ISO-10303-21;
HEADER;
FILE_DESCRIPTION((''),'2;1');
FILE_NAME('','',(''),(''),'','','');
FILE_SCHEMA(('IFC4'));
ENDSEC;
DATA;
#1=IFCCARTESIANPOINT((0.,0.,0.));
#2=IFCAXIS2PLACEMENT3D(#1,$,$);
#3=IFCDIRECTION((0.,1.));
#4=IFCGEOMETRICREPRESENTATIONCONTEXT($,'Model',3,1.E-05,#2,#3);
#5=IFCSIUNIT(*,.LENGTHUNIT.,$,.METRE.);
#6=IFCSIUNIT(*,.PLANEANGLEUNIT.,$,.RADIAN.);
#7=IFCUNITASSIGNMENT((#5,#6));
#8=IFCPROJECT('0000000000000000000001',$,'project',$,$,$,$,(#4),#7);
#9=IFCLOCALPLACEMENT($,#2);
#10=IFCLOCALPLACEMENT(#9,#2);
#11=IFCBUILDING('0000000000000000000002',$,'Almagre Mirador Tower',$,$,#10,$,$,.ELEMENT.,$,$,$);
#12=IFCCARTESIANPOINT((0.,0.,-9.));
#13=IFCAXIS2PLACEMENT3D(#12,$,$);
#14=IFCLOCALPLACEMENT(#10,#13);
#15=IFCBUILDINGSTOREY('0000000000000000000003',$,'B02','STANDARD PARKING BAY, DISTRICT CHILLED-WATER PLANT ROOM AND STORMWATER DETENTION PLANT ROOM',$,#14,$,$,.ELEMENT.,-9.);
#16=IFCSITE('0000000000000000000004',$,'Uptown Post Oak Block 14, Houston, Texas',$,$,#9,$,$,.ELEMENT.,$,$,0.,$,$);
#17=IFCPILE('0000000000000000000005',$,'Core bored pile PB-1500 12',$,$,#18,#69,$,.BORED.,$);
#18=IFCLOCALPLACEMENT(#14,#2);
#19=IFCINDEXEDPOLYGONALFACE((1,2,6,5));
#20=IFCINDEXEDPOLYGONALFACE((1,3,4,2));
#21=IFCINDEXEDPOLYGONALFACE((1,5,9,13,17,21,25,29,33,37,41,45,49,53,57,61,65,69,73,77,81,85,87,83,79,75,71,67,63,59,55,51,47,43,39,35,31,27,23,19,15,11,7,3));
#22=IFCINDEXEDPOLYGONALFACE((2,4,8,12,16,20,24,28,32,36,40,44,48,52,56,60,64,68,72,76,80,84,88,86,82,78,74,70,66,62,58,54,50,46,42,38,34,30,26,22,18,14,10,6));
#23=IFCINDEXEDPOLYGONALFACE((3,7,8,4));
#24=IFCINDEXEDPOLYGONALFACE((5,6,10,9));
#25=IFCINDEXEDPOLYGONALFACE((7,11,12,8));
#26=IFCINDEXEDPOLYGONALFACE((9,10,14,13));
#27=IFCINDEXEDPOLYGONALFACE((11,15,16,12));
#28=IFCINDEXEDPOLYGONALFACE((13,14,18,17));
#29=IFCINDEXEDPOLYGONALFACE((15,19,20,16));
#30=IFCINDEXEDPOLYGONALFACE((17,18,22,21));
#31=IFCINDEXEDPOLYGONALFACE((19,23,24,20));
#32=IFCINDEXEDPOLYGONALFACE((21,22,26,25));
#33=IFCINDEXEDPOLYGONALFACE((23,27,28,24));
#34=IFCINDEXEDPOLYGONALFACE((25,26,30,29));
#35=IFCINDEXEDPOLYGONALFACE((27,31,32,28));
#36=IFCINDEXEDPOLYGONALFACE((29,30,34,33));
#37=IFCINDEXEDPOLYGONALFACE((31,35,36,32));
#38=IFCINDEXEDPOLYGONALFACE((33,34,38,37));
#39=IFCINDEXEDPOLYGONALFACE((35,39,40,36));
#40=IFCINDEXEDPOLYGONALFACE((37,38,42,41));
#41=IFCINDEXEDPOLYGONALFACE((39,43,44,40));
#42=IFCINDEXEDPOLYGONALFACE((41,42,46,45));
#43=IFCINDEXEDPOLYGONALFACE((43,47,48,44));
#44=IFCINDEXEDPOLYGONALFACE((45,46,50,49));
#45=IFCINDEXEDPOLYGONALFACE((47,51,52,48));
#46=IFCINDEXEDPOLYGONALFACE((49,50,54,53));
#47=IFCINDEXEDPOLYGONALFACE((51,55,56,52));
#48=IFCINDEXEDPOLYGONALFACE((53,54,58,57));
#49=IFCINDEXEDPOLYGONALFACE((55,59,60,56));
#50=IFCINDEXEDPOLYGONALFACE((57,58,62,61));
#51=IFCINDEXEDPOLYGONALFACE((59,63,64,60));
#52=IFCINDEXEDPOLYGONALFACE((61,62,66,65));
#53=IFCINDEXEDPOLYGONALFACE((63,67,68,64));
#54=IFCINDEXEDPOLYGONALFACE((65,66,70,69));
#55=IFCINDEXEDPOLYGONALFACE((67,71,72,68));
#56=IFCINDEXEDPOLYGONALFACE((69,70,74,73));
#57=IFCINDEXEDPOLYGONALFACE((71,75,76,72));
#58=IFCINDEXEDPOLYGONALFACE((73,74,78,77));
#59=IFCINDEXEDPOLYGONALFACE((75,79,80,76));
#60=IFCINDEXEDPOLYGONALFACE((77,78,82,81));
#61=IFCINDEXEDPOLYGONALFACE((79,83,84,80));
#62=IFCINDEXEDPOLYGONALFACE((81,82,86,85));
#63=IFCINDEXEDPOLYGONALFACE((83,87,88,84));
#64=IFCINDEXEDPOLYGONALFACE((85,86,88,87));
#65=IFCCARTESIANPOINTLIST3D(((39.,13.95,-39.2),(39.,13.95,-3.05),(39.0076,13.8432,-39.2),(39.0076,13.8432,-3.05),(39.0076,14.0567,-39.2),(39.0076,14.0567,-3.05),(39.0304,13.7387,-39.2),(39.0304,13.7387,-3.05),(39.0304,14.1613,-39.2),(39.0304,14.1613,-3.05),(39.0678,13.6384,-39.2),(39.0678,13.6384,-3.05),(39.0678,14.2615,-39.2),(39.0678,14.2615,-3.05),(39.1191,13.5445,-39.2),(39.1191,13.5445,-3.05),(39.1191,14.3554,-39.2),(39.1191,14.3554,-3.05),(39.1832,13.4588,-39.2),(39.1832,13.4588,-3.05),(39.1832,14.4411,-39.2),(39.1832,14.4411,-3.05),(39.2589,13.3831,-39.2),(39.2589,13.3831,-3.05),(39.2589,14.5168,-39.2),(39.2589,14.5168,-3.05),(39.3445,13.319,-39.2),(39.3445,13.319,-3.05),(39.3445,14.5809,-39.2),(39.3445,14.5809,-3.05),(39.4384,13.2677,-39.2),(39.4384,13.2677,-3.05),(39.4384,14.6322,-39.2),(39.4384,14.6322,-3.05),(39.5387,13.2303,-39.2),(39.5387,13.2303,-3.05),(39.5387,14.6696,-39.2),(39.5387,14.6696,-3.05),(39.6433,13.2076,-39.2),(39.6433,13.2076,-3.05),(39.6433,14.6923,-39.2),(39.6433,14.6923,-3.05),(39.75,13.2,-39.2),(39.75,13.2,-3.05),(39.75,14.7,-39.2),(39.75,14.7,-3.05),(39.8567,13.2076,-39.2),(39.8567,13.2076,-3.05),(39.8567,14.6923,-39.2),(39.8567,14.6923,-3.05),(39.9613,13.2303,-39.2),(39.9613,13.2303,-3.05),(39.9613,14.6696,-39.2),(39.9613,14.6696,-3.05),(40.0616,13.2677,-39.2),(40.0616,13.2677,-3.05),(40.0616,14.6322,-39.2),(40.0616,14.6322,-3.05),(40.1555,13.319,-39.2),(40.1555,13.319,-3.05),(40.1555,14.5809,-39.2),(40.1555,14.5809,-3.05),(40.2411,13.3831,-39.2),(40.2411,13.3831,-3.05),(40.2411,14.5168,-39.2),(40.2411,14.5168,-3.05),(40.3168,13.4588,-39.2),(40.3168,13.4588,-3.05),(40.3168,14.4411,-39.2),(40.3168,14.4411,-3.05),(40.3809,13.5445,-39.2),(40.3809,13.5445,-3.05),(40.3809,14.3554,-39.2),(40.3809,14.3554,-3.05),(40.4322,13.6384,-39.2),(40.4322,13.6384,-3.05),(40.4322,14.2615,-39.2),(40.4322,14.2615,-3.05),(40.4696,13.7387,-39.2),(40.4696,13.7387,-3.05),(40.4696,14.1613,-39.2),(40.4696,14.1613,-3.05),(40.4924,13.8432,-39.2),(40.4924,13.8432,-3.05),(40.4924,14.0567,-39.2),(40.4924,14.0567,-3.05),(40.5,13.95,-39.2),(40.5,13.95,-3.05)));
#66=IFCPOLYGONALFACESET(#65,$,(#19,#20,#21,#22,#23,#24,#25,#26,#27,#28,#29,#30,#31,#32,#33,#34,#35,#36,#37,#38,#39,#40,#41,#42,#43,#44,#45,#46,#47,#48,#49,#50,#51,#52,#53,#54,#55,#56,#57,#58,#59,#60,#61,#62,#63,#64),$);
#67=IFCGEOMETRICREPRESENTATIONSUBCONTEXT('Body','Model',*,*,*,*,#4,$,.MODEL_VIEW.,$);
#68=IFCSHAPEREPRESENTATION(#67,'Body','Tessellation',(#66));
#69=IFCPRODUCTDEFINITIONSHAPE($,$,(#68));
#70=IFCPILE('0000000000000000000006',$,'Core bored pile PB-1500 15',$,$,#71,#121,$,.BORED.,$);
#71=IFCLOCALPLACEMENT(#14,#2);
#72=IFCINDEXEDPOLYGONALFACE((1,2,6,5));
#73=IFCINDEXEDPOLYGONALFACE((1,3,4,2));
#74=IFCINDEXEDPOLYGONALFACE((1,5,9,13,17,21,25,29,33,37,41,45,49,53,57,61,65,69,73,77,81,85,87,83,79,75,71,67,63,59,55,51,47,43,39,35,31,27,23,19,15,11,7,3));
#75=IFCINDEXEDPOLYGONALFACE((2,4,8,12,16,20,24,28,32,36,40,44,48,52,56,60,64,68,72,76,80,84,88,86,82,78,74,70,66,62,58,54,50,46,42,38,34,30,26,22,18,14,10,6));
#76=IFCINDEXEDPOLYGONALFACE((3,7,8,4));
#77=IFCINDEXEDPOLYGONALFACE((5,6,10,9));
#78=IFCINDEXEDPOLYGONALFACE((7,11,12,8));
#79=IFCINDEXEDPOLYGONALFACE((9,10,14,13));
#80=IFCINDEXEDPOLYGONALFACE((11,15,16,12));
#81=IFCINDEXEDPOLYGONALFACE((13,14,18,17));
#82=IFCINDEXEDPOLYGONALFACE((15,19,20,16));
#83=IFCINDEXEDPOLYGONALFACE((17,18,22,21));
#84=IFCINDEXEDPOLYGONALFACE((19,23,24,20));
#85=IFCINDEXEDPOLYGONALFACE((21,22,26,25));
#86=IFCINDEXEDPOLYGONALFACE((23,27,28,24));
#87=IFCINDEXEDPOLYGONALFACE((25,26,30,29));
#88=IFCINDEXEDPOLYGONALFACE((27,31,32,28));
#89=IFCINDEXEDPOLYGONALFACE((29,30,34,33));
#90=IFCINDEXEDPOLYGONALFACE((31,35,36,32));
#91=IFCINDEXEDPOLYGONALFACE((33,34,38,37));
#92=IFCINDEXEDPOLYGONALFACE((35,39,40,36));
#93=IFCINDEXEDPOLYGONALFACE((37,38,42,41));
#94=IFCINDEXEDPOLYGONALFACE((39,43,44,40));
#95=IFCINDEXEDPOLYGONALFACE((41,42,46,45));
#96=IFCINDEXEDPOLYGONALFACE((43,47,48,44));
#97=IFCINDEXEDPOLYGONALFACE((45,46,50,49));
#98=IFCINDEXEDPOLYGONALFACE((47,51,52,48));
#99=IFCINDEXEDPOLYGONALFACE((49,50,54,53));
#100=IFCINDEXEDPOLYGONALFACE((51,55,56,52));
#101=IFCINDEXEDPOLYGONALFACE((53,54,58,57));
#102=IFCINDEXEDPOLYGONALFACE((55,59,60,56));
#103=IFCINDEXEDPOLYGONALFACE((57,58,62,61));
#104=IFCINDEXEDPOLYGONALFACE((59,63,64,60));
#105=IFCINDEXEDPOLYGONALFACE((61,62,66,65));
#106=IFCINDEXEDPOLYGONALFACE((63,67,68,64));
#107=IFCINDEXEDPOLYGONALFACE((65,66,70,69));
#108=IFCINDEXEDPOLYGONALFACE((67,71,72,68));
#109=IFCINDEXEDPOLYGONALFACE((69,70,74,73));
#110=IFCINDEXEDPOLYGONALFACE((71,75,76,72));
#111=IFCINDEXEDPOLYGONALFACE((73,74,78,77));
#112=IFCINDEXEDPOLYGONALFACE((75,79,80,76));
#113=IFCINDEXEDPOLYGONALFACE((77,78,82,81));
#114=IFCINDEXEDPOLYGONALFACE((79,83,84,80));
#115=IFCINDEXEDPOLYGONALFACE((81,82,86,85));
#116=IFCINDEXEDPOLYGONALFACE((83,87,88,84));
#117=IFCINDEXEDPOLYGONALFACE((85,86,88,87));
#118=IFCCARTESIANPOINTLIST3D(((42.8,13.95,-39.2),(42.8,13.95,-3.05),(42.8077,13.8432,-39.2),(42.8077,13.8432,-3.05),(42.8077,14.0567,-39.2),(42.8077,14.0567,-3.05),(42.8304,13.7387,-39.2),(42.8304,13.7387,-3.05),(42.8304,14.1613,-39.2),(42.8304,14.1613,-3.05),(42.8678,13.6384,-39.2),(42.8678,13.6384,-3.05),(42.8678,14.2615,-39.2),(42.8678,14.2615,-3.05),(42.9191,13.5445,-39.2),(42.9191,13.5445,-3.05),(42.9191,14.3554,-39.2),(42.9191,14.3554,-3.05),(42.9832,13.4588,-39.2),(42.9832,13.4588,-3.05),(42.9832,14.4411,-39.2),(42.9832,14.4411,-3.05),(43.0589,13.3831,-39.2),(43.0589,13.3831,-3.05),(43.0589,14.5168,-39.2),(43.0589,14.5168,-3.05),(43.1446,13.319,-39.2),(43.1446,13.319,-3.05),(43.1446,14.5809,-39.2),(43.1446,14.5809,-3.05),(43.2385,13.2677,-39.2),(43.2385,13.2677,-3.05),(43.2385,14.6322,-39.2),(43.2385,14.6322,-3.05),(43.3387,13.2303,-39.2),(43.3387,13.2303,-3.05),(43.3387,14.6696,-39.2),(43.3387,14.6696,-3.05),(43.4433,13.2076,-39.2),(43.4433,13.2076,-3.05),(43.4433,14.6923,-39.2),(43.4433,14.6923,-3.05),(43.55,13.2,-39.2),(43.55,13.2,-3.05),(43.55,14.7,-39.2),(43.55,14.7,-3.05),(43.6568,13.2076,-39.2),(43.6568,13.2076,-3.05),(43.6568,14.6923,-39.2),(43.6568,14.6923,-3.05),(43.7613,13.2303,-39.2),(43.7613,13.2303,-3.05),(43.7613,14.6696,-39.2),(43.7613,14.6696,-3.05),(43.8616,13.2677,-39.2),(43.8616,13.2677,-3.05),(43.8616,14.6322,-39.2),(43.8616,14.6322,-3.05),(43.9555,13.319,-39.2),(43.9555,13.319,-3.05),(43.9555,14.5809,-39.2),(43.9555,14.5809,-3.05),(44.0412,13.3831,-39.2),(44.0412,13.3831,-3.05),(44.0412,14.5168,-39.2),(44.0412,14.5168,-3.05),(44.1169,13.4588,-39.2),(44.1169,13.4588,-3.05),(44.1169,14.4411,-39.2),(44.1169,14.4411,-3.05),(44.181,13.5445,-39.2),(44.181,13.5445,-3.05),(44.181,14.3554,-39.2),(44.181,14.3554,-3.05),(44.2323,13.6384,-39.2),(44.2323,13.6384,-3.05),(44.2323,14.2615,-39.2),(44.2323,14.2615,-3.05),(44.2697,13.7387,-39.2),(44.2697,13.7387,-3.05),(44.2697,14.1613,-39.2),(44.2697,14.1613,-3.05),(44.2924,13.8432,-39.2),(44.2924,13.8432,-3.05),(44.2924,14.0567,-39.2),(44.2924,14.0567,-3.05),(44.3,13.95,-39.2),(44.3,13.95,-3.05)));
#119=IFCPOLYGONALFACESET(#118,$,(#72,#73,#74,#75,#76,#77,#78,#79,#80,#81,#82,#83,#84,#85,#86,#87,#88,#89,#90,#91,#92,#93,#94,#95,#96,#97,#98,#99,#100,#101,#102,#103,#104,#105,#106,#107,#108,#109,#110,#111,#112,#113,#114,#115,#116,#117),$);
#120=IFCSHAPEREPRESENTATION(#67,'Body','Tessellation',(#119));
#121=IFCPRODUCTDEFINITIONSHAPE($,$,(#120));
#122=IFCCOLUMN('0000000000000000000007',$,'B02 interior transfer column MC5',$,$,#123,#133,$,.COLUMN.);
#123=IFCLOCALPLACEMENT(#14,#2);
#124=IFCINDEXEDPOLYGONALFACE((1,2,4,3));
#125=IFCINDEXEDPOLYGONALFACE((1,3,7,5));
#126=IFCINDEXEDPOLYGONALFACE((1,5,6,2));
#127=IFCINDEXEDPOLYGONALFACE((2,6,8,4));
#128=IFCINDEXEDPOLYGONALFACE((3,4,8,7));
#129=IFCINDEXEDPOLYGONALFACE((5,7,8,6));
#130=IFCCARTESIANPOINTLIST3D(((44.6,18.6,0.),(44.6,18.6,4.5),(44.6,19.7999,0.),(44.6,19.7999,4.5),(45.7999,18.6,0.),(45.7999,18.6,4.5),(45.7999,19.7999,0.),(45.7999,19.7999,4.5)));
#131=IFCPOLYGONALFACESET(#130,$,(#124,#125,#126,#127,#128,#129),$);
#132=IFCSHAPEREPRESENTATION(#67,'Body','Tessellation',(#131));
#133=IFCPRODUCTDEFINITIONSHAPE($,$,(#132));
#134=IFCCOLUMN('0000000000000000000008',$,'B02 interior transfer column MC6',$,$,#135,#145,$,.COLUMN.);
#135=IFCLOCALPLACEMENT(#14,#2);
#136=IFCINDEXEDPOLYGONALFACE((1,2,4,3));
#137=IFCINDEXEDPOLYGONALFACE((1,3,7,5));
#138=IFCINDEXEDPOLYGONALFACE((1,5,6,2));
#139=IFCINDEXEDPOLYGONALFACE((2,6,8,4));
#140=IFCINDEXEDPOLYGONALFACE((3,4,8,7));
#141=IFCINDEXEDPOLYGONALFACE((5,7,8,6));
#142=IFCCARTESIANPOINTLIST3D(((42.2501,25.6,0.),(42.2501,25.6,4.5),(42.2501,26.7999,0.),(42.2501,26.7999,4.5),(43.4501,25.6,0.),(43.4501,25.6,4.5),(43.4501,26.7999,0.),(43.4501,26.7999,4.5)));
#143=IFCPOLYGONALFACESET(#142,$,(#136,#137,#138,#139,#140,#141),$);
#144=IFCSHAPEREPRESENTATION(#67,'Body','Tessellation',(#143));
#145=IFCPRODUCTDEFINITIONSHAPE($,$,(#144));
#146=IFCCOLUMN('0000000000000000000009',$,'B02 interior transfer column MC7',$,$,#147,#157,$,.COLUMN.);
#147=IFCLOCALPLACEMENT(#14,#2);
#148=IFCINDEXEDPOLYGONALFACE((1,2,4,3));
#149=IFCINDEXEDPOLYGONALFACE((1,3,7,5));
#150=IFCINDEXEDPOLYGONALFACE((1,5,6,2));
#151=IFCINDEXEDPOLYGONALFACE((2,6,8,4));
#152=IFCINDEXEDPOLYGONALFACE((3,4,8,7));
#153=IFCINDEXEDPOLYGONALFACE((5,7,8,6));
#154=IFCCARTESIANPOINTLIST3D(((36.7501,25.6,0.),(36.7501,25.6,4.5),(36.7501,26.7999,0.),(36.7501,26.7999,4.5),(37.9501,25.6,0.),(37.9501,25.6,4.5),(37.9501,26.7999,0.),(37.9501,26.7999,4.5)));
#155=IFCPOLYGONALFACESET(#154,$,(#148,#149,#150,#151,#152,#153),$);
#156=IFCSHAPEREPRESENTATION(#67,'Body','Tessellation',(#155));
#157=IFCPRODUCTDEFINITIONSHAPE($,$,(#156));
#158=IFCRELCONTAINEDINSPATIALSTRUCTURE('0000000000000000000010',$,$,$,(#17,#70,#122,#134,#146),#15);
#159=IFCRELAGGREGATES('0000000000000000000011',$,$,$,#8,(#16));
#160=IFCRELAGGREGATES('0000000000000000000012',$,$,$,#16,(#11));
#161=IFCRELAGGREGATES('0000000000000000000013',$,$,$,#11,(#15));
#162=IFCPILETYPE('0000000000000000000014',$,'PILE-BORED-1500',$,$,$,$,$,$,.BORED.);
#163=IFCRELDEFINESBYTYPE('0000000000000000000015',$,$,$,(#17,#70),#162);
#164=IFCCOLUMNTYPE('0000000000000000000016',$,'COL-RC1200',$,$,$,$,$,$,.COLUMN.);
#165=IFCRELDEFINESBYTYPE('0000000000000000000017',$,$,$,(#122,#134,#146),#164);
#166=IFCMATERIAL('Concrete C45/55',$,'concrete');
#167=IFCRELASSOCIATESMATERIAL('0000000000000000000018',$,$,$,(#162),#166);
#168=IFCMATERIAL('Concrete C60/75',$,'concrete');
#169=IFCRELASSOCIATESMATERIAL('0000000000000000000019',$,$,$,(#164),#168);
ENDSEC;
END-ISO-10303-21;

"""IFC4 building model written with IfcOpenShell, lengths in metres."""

from ifc_helpers import new_model, si_unit, direction, frame, origin, origin_2d, place, context, subcontext, project, spatial, rectangle, circle, extrude, material, material_profile, profile_set, type_object, element, save


model = new_model("IFC4")

# Units and contexts
model_context = context("Model", 3, precision=1e-05, world=origin(), true_north=direction((0.0, 1.0)))
body_context = subcontext(model_context, "Body", "Model", "MODEL_VIEW")
ifc_project = project(units=[si_unit("LENGTHUNIT", "METRE"), si_unit("PLANEANGLEUNIT", "RADIAN")], contexts=[model_context])

# Site, building, storey
site_placement = place(None, origin())
site = spatial("IfcSite", under=ifc_project, at=site_placement, Name="Uptown Post Oak Block 14, Houston, Texas", CompositionType="ELEMENT", RefElevation=0.0)
building_placement = place(site_placement, origin())
building = spatial("IfcBuilding", under=site, at=building_placement, Name="Almagre Mirador Tower", CompositionType="ELEMENT")
storey_placement = place(building_placement, frame((0.0, 0.0, -9.0)))
storey = spatial("IfcBuildingStorey", under=building, at=storey_placement, Name="B02", Description="STANDARD PARKING BAY, DISTRICT CHILLED-WATER PLANT ROOM AND STORMWATER DETENTION PLANT ROOM", CompositionType="ELEMENT", Elevation=-9.0)

# Piles
ifc_material_1 = material(Name="Concrete C45/55", Category="concrete")
ifc_material_profile_1 = material_profile(ifc_material_1, circle(Radius=0.75, at=origin_2d()), Name="PILE1500D")
ifc_profile_set_1 = profile_set([ifc_material_profile_1], Name="Concrete C45/55")
pile_type_1 = type_object("IfcPileType", Name="PILE-BORED-1500", PredefinedType="BORED", material=ifc_profile_set_1)
for number, where, z_axis, x_axis, name in (
    (1, (39.75, 13.95, -3.05), (0.0, 0.0, -1.0), (1.0, 0.0, 0.0), "Core bored pile PB-1500 12"),
    (2, (43.55, 13.95, -3.05), (0.0, 0.0, -1.0), (1.0, 0.0, 0.0), "Core bored pile PB-1500 15"),
):
    element("IfcPile", number, at=place(storey_placement, frame(where, z_axis=z_axis, x_axis=x_axis)), inside=storey, type_object=pile_type_1, Name=name, PredefinedType="BORED", context=body_context, shape_type="SweptSolid", body=[
        extrude(circle(Radius=0.75, at=origin_2d()), origin(), (0.0, 0.0, 1.0), 36.1499),
    ])

# Columns
ifc_material_2 = material(Name="Concrete C60/75", Category="concrete")
ifc_material_profile_2 = material_profile(ifc_material_2, rectangle(XDim=1.2, YDim=1.2, at=origin_2d()), Name="RC1200X1200")
ifc_profile_set_2 = profile_set([ifc_material_profile_2], Name="Concrete C60/75")
column_type_1 = type_object("IfcColumnType", Name="COL-RC1200", PredefinedType="COLUMN", material=ifc_profile_set_2)
for number, where, z_axis, x_axis, name in (
    (3, (45.2, 19.2, 0.0), (0.0, 0.0, 1.0), (1.0, 0.0, 0.0), "B02 interior transfer column MC5"),
    (4, (42.8501, 26.2, 0.0), (0.0, 0.0, 1.0), (1.0, 0.0, 0.0), "B02 interior transfer column MC6"),
    (5, (37.3501, 26.2, 0.0), (0.0, 0.0, 1.0), (1.0, 0.0, 0.0), "B02 interior transfer column MC7"),
):
    element("IfcColumn", number, at=place(storey_placement, frame(where, z_axis=z_axis, x_axis=x_axis)), inside=storey, type_object=column_type_1, Name=name, PredefinedType="COLUMN", context=body_context, shape_type="SweptSolid", body=[
        extrude(rectangle(XDim=1.2, YDim=1.2, at=origin_2d()), origin(), (0.0, 0.0, 1.0), 4.5),
    ])

save(model, "model.ifc")
